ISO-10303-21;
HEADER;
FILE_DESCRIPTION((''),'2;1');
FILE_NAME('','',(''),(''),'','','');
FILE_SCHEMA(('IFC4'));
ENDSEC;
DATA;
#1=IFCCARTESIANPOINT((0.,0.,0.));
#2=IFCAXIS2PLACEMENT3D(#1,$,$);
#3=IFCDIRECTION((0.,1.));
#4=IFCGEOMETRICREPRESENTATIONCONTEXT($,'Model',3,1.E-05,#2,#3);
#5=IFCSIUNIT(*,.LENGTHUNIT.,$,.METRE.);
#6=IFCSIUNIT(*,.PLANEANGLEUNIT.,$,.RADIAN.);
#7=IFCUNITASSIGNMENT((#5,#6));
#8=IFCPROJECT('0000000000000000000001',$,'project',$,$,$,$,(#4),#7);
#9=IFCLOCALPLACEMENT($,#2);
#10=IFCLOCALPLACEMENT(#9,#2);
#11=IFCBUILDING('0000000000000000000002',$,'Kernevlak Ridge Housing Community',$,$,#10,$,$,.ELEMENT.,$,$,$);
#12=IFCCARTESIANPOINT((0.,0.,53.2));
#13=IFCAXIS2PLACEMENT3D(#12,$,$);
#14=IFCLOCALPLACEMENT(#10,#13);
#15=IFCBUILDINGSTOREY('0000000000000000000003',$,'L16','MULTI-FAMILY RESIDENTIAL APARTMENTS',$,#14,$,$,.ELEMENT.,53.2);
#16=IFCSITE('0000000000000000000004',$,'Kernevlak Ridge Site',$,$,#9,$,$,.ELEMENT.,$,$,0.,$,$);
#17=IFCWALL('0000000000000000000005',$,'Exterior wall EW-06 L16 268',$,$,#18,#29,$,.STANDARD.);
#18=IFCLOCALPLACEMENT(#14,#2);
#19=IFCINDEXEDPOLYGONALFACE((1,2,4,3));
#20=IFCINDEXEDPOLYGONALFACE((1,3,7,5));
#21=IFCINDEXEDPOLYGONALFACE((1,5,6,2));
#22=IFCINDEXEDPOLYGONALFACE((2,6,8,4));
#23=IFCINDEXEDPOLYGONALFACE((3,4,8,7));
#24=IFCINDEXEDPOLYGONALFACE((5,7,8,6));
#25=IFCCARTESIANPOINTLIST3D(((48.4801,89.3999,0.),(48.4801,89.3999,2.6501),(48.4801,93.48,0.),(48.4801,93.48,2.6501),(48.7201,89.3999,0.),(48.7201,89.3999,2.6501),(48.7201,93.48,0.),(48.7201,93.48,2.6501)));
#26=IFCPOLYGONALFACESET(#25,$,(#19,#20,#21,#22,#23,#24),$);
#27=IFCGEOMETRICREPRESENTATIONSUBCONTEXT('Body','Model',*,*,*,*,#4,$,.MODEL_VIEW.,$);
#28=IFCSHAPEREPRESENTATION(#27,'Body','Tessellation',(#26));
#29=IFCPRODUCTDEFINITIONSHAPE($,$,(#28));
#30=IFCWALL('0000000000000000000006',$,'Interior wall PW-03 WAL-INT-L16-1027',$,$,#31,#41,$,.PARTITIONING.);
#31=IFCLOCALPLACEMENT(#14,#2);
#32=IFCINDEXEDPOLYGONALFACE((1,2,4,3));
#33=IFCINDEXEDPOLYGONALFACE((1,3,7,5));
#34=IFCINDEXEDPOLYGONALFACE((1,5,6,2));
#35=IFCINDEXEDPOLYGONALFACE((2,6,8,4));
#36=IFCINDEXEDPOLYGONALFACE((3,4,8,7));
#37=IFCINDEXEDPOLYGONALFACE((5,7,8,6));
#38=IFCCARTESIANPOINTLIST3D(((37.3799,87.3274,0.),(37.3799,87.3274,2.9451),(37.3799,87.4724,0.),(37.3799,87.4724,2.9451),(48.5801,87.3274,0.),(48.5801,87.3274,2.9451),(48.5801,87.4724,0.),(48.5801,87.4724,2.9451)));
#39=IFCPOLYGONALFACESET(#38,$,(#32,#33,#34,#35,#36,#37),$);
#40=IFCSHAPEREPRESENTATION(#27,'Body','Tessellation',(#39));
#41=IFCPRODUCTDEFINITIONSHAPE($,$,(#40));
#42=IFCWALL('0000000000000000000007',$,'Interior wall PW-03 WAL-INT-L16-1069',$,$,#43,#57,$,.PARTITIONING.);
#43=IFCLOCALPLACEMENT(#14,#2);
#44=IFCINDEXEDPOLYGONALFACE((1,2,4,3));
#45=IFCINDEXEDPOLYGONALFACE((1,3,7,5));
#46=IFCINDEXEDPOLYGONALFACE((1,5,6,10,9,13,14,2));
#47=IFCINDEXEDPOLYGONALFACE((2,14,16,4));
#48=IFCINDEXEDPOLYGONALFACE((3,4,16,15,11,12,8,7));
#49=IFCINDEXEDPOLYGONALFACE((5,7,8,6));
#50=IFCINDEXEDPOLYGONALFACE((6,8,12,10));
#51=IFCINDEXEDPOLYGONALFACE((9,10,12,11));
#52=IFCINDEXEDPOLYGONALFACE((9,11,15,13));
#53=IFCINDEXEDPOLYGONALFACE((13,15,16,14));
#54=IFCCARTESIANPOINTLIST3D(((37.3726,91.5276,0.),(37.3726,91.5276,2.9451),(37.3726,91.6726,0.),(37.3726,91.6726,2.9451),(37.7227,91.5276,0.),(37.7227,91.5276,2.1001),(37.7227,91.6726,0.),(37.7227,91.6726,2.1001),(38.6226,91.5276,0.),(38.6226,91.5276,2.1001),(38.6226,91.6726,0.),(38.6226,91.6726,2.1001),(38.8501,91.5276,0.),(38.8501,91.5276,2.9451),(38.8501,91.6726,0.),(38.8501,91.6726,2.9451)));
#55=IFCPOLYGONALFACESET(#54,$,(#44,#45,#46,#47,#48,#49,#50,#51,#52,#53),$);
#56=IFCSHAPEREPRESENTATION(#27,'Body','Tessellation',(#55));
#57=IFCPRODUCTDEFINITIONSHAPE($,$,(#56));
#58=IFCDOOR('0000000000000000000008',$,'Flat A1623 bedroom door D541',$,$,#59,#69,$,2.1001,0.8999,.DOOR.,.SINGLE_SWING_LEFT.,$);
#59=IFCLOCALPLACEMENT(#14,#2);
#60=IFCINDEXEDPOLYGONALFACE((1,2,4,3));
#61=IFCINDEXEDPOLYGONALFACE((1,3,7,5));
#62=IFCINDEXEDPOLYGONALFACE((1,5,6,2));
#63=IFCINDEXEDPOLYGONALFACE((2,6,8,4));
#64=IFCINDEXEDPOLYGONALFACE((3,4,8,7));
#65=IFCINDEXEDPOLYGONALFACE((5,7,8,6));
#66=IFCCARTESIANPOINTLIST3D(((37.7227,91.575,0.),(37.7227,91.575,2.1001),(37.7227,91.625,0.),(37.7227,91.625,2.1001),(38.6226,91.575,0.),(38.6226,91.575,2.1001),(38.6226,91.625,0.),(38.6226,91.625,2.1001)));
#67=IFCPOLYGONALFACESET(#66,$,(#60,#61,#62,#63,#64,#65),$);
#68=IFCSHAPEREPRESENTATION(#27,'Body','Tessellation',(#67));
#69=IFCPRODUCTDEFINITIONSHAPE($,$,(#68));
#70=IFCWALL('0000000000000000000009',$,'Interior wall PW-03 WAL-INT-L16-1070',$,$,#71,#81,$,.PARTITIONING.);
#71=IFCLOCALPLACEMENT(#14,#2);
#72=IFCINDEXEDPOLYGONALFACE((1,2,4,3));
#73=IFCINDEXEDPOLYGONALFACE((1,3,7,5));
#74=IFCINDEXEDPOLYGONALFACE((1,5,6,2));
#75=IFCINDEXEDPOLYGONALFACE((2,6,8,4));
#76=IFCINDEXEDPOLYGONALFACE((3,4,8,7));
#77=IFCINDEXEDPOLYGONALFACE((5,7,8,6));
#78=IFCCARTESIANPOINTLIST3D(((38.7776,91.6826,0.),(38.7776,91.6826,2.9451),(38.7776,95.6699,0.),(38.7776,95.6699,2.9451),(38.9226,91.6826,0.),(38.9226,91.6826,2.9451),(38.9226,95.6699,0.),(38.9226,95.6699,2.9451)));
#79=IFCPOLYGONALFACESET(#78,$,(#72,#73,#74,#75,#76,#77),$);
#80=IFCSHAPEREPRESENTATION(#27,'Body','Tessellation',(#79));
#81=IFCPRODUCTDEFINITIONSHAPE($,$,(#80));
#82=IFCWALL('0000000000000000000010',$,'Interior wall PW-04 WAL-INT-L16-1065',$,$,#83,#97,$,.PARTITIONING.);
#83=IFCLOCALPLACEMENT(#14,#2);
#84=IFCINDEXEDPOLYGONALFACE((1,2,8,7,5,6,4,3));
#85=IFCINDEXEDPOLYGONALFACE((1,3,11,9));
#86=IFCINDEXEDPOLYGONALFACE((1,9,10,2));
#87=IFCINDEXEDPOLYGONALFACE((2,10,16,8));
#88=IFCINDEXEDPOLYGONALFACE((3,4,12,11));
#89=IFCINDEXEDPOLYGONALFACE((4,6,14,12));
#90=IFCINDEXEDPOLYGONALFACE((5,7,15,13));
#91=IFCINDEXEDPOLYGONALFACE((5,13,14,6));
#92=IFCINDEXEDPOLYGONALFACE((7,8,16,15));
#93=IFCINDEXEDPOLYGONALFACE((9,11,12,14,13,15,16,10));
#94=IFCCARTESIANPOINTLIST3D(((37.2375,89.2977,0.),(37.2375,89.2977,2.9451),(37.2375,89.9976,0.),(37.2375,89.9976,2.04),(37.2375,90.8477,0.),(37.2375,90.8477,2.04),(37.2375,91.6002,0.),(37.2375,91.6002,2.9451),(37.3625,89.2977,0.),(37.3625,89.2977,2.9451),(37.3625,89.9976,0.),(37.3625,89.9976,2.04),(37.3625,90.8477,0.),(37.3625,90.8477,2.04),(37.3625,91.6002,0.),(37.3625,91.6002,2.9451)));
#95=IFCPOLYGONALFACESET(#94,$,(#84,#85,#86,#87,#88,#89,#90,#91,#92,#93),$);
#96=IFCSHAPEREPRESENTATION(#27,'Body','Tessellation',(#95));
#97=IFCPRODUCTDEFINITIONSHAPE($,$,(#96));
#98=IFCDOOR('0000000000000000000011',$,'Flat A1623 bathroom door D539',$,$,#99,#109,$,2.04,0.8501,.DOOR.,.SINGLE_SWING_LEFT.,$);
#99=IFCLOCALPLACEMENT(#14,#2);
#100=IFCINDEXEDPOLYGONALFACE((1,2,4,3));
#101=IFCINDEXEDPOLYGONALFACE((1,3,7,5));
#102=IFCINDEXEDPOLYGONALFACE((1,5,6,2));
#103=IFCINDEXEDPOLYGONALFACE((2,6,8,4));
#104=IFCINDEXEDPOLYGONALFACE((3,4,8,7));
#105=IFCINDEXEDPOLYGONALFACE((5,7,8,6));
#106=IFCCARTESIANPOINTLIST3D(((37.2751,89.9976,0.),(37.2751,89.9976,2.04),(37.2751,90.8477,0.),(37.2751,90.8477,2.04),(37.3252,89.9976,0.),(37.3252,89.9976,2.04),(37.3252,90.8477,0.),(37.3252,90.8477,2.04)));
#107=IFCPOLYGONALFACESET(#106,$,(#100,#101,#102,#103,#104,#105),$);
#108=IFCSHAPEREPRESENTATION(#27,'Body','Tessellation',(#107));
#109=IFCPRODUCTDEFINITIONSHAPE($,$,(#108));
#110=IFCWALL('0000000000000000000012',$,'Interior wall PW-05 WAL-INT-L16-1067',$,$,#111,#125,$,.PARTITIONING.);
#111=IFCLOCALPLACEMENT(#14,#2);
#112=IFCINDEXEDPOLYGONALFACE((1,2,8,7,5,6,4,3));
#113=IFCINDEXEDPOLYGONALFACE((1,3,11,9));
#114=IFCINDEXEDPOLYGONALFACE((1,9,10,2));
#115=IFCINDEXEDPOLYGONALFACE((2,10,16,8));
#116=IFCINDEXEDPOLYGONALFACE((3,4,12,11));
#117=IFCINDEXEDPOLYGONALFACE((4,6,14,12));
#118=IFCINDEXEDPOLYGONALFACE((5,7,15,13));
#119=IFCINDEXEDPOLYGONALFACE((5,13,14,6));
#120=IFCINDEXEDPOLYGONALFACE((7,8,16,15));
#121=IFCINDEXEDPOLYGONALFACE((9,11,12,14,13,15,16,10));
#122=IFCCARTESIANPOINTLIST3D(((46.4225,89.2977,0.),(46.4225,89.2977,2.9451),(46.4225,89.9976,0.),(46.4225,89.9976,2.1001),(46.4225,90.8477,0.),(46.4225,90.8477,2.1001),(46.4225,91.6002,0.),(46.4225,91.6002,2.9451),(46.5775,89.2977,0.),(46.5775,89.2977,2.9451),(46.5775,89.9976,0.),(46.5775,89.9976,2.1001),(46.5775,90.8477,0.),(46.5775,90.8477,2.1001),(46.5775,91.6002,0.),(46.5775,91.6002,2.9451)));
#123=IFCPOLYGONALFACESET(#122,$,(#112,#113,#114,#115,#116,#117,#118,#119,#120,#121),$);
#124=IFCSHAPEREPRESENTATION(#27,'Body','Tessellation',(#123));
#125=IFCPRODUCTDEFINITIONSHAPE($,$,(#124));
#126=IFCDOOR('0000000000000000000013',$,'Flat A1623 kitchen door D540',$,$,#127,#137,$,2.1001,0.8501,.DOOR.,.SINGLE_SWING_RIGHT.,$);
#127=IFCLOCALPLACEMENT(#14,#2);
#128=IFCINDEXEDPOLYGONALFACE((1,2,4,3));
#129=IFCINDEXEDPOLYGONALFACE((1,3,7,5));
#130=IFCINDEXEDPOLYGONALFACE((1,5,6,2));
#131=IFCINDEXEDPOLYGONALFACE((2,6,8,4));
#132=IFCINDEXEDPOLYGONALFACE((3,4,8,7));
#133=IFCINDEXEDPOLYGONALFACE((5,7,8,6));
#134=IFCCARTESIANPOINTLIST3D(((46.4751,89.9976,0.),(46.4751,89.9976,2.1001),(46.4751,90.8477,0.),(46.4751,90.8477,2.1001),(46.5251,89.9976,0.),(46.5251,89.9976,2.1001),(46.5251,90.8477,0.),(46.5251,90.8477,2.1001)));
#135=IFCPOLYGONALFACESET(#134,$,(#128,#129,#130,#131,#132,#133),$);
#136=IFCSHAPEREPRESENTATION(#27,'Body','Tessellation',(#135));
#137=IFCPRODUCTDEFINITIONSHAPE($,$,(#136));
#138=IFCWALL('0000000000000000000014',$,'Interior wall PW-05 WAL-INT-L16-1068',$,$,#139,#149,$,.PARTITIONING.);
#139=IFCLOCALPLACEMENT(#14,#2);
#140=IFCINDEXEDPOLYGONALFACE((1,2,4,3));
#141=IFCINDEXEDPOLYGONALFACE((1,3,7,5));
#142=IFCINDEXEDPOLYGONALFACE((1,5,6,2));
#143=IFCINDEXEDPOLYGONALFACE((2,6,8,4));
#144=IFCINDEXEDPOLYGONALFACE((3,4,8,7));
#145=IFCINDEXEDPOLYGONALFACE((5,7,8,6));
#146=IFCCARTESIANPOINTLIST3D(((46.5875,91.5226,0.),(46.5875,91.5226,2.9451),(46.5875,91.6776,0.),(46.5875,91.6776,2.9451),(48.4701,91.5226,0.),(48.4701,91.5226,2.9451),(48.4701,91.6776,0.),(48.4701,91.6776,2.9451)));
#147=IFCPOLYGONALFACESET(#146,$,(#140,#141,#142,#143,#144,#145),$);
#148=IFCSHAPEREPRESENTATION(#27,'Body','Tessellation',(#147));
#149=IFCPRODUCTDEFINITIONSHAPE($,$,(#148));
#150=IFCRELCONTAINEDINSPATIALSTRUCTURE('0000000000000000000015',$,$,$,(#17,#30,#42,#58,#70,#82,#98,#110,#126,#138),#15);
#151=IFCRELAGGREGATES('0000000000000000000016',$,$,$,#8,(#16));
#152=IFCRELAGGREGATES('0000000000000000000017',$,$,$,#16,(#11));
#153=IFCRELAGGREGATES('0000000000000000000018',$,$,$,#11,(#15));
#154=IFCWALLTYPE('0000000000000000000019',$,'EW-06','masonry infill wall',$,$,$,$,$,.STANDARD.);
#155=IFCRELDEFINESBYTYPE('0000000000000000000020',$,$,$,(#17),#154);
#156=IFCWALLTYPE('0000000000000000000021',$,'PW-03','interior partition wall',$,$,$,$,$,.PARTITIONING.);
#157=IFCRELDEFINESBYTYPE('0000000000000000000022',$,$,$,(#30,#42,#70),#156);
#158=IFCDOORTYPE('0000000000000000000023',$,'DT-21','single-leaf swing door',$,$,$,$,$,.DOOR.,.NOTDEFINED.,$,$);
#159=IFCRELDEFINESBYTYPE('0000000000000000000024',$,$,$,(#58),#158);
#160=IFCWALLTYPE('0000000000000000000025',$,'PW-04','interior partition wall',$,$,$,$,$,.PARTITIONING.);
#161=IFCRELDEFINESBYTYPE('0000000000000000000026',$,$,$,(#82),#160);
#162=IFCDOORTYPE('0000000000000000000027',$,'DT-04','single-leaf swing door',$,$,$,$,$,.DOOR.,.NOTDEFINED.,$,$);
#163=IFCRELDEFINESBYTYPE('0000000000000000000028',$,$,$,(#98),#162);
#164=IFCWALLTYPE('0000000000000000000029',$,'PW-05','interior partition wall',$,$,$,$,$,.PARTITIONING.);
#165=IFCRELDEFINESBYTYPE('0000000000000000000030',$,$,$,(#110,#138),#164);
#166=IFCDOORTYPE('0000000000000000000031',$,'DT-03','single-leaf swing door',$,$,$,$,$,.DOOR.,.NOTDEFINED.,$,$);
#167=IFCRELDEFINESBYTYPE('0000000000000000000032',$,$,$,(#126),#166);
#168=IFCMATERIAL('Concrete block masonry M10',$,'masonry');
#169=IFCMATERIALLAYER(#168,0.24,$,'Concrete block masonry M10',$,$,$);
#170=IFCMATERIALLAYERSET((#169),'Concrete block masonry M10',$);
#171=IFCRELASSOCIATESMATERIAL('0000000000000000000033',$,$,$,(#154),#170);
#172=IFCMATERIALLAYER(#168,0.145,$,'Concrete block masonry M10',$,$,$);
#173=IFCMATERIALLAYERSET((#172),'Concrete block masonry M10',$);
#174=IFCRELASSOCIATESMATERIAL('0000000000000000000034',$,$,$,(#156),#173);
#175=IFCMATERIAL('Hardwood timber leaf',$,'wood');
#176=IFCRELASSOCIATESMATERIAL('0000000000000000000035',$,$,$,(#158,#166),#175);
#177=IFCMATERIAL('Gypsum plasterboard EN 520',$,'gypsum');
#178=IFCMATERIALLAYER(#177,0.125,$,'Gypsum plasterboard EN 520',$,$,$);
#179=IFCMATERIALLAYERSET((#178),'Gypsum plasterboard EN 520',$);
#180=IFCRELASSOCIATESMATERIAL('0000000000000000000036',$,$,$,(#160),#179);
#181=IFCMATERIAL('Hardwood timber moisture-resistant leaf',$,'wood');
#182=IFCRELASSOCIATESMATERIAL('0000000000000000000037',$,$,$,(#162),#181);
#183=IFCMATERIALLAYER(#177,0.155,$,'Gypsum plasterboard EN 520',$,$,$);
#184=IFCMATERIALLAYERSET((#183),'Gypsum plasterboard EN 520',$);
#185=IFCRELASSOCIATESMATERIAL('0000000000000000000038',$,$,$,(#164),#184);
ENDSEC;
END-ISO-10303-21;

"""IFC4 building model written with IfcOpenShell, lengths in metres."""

from ifc_helpers import new_model, si_unit, direction, frame, frame_2d, origin, place, context, subcontext, project, spatial, rectangle, extrude, material, layer, layer_set, type_object, element, fill, save


model = new_model("IFC4")

# Units and contexts
model_context = context("Model", 3, precision=1e-05, world=origin(), true_north=direction((0.0, 1.0)))
body_context = subcontext(model_context, "Body", "Model", "MODEL_VIEW")
ifc_project = project(units=[si_unit("LENGTHUNIT", "METRE"), si_unit("PLANEANGLEUNIT", "RADIAN")], contexts=[model_context])

# Site, building, storey
site_placement = place(None, origin())
site = spatial("IfcSite", under=ifc_project, at=site_placement, Name="Kernevlak Ridge Site", CompositionType="ELEMENT", RefElevation=0.0)
building_placement = place(site_placement, origin())
building = spatial("IfcBuilding", under=site, at=building_placement, Name="Kernevlak Ridge Housing Community", CompositionType="ELEMENT")
storey_placement = place(building_placement, frame((0.0, 0.0, 53.2)))
storey = spatial("IfcBuildingStorey", under=building, at=storey_placement, Name="L16", Description="MULTI-FAMILY RESIDENTIAL APARTMENTS", CompositionType="ELEMENT", Elevation=53.2)

# Shared definitions
ifc_material_1 = material(Name="Concrete block masonry M10", Category="masonry")
ifc_layer_1 = layer(ifc_material_1, 0.24, Name="Concrete block masonry M10")
ifc_layer_set_1 = layer_set([ifc_layer_1], Name="Concrete block masonry M10")
wall_type_1 = type_object("IfcWallType", Name="EW-06", Description="masonry infill wall", PredefinedType="STANDARD", material=ifc_layer_set_1)

# Walls
wall_1_placement = place(storey_placement, frame((48.6001, 89.3999, 0.0), z_axis=(0.0, 0.0, 1.0), x_axis=(0.0, 1.0, 0.0)))
element("IfcWall", 1, at=wall_1_placement, inside=storey, type_object=wall_type_1, Name="Exterior wall EW-06 L16 268", PredefinedType="STANDARD", context=body_context, shape_type="SweptSolid", body=[
    extrude(rectangle(XDim=4.0801, YDim=0.24, at=frame_2d((2.04, 0.0))), origin(), (0.0, 0.0, 1.0), 2.6501),
])
ifc_layer_2 = layer(ifc_material_1, 0.145, Name="Concrete block masonry M10")
ifc_layer_set_2 = layer_set([ifc_layer_2], Name="Concrete block masonry M10")
wall_type_2 = type_object("IfcWallType", Name="PW-03", Description="interior partition wall", PredefinedType="PARTITIONING", material=ifc_layer_set_2)
wall_2_placement = place(storey_placement, frame((37.3799, 87.3999, 0.0), z_axis=(0.0, 0.0, 1.0), x_axis=(1.0, 0.0, 0.0)))
element("IfcWall", 2, at=wall_2_placement, inside=storey, type_object=wall_type_2, Name="Interior wall PW-03 WAL-INT-L16-1027", PredefinedType="PARTITIONING", context=body_context, shape_type="SweptSolid", body=[
    extrude(rectangle(XDim=11.2002, YDim=0.145, at=frame_2d((5.6001, 0.0))), origin(), (0.0, 0.0, 1.0), 2.9451),
])

# Wall, opening, door
wall_3_placement = place(storey_placement, frame((37.3726, 91.6001, 0.0), z_axis=(0.0, 0.0, 1.0), x_axis=(1.0, 0.0, 0.0)))
wall_3 = element("IfcWall", 3, at=wall_3_placement, inside=storey, type_object=wall_type_2, Name="Interior wall PW-03 WAL-INT-L16-1069", PredefinedType="PARTITIONING", context=body_context, shape_type="SweptSolid", body=[
    extrude(rectangle(XDim=1.4775, YDim=0.145, at=frame_2d((0.7388, 0.0))), origin(), (0.0, 0.0, 1.0), 2.9451),
])
opening_1_placement = place(wall_3_placement, frame((0.3501, 0.0, 0.0)))
opening_1 = element("IfcOpeningElement", 4, at=opening_1_placement, cuts=wall_3, PredefinedType="OPENING", context=body_context, shape_type="SweptSolid", body=[
    extrude(rectangle(XDim=0.8999, YDim=2.1001, at=frame_2d((0.45, 1.05))), frame((0.0, 0.0825, 0.0), z_axis=(0.0, -1.0, 0.0), x_axis=(1.0, 0.0, 0.0)), (0.0, 0.0, 1.0), 0.165),
])
ifc_material_2 = material(Name="Hardwood timber leaf", Category="wood")
door_type_1 = type_object("IfcDoorType", Name="DT-21", Description="single-leaf swing door", OperationType="NOTDEFINED", PredefinedType="DOOR", material=ifc_material_2)
door_1_placement = place(opening_1_placement, origin())
door_1 = element("IfcDoor", 5, at=door_1_placement, inside=storey, type_object=door_type_1, Name="Flat A1623 bedroom door D541", OperationType="SINGLE_SWING_LEFT", OverallHeight=2.1001, OverallWidth=0.8999, PredefinedType="DOOR", context=body_context, shape_type="SweptSolid", body=[
    extrude(rectangle(XDim=0.8999, YDim=2.1001, at=frame_2d((0.45, 1.05))), frame((0.0, 0.0249, 0.0), z_axis=(0.0, -1.0, 0.0), x_axis=(1.0, 0.0, 0.0)), (0.0, 0.0, 1.0), 0.05),
])
fill(opening_1, door_1)

# Wall
wall_4_placement = place(storey_placement, frame((38.8501, 91.6826, 0.0), z_axis=(0.0, 0.0, 1.0), x_axis=(0.0, 1.0, 0.0)))
element("IfcWall", 6, at=wall_4_placement, inside=storey, type_object=wall_type_2, Name="Interior wall PW-03 WAL-INT-L16-1070", PredefinedType="PARTITIONING", context=body_context, shape_type="SweptSolid", body=[
    extrude(rectangle(XDim=3.9873, YDim=0.145, at=frame_2d((1.9937, 0.0))), origin(), (0.0, 0.0, 1.0), 2.9451),
])

# Walls, openings, doors
ifc_material_3 = material(Name="Gypsum plasterboard EN 520", Category="gypsum")
ifc_layer_3 = layer(ifc_material_3, 0.125, Name="Gypsum plasterboard EN 520")
ifc_layer_set_3 = layer_set([ifc_layer_3], Name="Gypsum plasterboard EN 520")
wall_type_3 = type_object("IfcWallType", Name="PW-04", Description="interior partition wall", PredefinedType="PARTITIONING", material=ifc_layer_set_3)
wall_5_placement = place(storey_placement, frame((37.3, 89.2976, 0.0), z_axis=(0.0, 0.0, 1.0), x_axis=(0.0, 1.0, 0.0)))
wall_5 = element("IfcWall", 7, at=wall_5_placement, inside=storey, type_object=wall_type_3, Name="Interior wall PW-04 WAL-INT-L16-1065", PredefinedType="PARTITIONING", context=body_context, shape_type="SweptSolid", body=[
    extrude(rectangle(XDim=2.3025, YDim=0.125, at=frame_2d((1.1514, 0.0))), origin(), (0.0, 0.0, 1.0), 2.9451),
])
opening_2_placement = place(wall_5_placement, frame((0.7, 0.0, 0.0)))
opening_2 = element("IfcOpeningElement", 8, at=opening_2_placement, cuts=wall_5, PredefinedType="OPENING", context=body_context, shape_type="SweptSolid", body=[
    extrude(rectangle(XDim=0.8501, YDim=2.04, at=frame_2d((0.425, 1.02))), frame((0.0, 0.0725, 0.0), z_axis=(0.0, -1.0, 0.0), x_axis=(1.0, 0.0, 0.0)), (0.0, 0.0, 1.0), 0.145),
])
ifc_material_4 = material(Name="Hardwood timber moisture-resistant leaf", Category="wood")
door_type_2 = type_object("IfcDoorType", Name="DT-04", Description="single-leaf swing door", OperationType="NOTDEFINED", PredefinedType="DOOR", material=ifc_material_4)
door_2_placement = place(opening_2_placement, origin())
door_2 = element("IfcDoor", 9, at=door_2_placement, inside=storey, type_object=door_type_2, Name="Flat A1623 bathroom door D539", OperationType="SINGLE_SWING_LEFT", OverallHeight=2.04, OverallWidth=0.8501, PredefinedType="DOOR", context=body_context, shape_type="SweptSolid", body=[
    extrude(rectangle(XDim=0.8501, YDim=2.04, at=frame_2d((0.425, 1.02))), frame((0.0, 0.0249, 0.0), z_axis=(0.0, -1.0, 0.0), x_axis=(1.0, 0.0, 0.0)), (0.0, 0.0, 1.0), 0.05),
])
fill(opening_2, door_2)
ifc_layer_4 = layer(ifc_material_3, 0.155, Name="Gypsum plasterboard EN 520")
ifc_layer_set_4 = layer_set([ifc_layer_4], Name="Gypsum plasterboard EN 520")
wall_type_4 = type_object("IfcWallType", Name="PW-05", Description="interior partition wall", PredefinedType="PARTITIONING", material=ifc_layer_set_4)
wall_6_placement = place(storey_placement, frame((46.5, 89.2976, 0.0), z_axis=(0.0, 0.0, 1.0), x_axis=(0.0, 1.0, 0.0)))
wall_6 = element("IfcWall", 10, at=wall_6_placement, inside=storey, type_object=wall_type_4, Name="Interior wall PW-05 WAL-INT-L16-1067", PredefinedType="PARTITIONING", context=body_context, shape_type="SweptSolid", body=[
    extrude(rectangle(XDim=2.3025, YDim=0.155, at=frame_2d((1.1514, 0.0))), origin(), (0.0, 0.0, 1.0), 2.9451),
])
opening_3_placement = place(wall_6_placement, frame((0.7, 0.0, 0.0)))
opening_3 = element("IfcOpeningElement", 11, at=opening_3_placement, cuts=wall_6, PredefinedType="OPENING", context=body_context, shape_type="SweptSolid", body=[
    extrude(rectangle(XDim=0.8501, YDim=2.1001, at=frame_2d((0.425, 1.05))), frame((0.0, 0.0874, 0.0), z_axis=(0.0, -1.0, 0.0), x_axis=(1.0, 0.0, 0.0)), (0.0, 0.0, 1.0), 0.175),
])
door_type_3 = type_object("IfcDoorType", Name="DT-03", Description="single-leaf swing door", OperationType="NOTDEFINED", PredefinedType="DOOR", material=ifc_material_2)
door_3_placement = place(opening_3_placement, origin())
door_3 = element("IfcDoor", 12, at=door_3_placement, inside=storey, type_object=door_type_3, Name="Flat A1623 kitchen door D540", OperationType="SINGLE_SWING_RIGHT", OverallHeight=2.1001, OverallWidth=0.8501, PredefinedType="DOOR", context=body_context, shape_type="SweptSolid", body=[
    extrude(rectangle(XDim=0.8501, YDim=2.1001, at=frame_2d((0.425, 1.05))), frame((0.0, 0.0249, 0.0), z_axis=(0.0, -1.0, 0.0), x_axis=(1.0, 0.0, 0.0)), (0.0, 0.0, 1.0), 0.05),
])
fill(opening_3, door_3)

# Wall
wall_7_placement = place(storey_placement, frame((46.5874, 91.6001, 0.0), z_axis=(0.0, 0.0, 1.0), x_axis=(1.0, 0.0, 0.0)))
element("IfcWall", 13, at=wall_7_placement, inside=storey, type_object=wall_type_4, Name="Interior wall PW-05 WAL-INT-L16-1068", PredefinedType="PARTITIONING", context=body_context, shape_type="SweptSolid", body=[
    extrude(rectangle(XDim=1.8826, YDim=0.155, at=frame_2d((0.9414, 0.0))), origin(), (0.0, 0.0, 1.0), 2.9451),
])

save(model, "model.ifc")
